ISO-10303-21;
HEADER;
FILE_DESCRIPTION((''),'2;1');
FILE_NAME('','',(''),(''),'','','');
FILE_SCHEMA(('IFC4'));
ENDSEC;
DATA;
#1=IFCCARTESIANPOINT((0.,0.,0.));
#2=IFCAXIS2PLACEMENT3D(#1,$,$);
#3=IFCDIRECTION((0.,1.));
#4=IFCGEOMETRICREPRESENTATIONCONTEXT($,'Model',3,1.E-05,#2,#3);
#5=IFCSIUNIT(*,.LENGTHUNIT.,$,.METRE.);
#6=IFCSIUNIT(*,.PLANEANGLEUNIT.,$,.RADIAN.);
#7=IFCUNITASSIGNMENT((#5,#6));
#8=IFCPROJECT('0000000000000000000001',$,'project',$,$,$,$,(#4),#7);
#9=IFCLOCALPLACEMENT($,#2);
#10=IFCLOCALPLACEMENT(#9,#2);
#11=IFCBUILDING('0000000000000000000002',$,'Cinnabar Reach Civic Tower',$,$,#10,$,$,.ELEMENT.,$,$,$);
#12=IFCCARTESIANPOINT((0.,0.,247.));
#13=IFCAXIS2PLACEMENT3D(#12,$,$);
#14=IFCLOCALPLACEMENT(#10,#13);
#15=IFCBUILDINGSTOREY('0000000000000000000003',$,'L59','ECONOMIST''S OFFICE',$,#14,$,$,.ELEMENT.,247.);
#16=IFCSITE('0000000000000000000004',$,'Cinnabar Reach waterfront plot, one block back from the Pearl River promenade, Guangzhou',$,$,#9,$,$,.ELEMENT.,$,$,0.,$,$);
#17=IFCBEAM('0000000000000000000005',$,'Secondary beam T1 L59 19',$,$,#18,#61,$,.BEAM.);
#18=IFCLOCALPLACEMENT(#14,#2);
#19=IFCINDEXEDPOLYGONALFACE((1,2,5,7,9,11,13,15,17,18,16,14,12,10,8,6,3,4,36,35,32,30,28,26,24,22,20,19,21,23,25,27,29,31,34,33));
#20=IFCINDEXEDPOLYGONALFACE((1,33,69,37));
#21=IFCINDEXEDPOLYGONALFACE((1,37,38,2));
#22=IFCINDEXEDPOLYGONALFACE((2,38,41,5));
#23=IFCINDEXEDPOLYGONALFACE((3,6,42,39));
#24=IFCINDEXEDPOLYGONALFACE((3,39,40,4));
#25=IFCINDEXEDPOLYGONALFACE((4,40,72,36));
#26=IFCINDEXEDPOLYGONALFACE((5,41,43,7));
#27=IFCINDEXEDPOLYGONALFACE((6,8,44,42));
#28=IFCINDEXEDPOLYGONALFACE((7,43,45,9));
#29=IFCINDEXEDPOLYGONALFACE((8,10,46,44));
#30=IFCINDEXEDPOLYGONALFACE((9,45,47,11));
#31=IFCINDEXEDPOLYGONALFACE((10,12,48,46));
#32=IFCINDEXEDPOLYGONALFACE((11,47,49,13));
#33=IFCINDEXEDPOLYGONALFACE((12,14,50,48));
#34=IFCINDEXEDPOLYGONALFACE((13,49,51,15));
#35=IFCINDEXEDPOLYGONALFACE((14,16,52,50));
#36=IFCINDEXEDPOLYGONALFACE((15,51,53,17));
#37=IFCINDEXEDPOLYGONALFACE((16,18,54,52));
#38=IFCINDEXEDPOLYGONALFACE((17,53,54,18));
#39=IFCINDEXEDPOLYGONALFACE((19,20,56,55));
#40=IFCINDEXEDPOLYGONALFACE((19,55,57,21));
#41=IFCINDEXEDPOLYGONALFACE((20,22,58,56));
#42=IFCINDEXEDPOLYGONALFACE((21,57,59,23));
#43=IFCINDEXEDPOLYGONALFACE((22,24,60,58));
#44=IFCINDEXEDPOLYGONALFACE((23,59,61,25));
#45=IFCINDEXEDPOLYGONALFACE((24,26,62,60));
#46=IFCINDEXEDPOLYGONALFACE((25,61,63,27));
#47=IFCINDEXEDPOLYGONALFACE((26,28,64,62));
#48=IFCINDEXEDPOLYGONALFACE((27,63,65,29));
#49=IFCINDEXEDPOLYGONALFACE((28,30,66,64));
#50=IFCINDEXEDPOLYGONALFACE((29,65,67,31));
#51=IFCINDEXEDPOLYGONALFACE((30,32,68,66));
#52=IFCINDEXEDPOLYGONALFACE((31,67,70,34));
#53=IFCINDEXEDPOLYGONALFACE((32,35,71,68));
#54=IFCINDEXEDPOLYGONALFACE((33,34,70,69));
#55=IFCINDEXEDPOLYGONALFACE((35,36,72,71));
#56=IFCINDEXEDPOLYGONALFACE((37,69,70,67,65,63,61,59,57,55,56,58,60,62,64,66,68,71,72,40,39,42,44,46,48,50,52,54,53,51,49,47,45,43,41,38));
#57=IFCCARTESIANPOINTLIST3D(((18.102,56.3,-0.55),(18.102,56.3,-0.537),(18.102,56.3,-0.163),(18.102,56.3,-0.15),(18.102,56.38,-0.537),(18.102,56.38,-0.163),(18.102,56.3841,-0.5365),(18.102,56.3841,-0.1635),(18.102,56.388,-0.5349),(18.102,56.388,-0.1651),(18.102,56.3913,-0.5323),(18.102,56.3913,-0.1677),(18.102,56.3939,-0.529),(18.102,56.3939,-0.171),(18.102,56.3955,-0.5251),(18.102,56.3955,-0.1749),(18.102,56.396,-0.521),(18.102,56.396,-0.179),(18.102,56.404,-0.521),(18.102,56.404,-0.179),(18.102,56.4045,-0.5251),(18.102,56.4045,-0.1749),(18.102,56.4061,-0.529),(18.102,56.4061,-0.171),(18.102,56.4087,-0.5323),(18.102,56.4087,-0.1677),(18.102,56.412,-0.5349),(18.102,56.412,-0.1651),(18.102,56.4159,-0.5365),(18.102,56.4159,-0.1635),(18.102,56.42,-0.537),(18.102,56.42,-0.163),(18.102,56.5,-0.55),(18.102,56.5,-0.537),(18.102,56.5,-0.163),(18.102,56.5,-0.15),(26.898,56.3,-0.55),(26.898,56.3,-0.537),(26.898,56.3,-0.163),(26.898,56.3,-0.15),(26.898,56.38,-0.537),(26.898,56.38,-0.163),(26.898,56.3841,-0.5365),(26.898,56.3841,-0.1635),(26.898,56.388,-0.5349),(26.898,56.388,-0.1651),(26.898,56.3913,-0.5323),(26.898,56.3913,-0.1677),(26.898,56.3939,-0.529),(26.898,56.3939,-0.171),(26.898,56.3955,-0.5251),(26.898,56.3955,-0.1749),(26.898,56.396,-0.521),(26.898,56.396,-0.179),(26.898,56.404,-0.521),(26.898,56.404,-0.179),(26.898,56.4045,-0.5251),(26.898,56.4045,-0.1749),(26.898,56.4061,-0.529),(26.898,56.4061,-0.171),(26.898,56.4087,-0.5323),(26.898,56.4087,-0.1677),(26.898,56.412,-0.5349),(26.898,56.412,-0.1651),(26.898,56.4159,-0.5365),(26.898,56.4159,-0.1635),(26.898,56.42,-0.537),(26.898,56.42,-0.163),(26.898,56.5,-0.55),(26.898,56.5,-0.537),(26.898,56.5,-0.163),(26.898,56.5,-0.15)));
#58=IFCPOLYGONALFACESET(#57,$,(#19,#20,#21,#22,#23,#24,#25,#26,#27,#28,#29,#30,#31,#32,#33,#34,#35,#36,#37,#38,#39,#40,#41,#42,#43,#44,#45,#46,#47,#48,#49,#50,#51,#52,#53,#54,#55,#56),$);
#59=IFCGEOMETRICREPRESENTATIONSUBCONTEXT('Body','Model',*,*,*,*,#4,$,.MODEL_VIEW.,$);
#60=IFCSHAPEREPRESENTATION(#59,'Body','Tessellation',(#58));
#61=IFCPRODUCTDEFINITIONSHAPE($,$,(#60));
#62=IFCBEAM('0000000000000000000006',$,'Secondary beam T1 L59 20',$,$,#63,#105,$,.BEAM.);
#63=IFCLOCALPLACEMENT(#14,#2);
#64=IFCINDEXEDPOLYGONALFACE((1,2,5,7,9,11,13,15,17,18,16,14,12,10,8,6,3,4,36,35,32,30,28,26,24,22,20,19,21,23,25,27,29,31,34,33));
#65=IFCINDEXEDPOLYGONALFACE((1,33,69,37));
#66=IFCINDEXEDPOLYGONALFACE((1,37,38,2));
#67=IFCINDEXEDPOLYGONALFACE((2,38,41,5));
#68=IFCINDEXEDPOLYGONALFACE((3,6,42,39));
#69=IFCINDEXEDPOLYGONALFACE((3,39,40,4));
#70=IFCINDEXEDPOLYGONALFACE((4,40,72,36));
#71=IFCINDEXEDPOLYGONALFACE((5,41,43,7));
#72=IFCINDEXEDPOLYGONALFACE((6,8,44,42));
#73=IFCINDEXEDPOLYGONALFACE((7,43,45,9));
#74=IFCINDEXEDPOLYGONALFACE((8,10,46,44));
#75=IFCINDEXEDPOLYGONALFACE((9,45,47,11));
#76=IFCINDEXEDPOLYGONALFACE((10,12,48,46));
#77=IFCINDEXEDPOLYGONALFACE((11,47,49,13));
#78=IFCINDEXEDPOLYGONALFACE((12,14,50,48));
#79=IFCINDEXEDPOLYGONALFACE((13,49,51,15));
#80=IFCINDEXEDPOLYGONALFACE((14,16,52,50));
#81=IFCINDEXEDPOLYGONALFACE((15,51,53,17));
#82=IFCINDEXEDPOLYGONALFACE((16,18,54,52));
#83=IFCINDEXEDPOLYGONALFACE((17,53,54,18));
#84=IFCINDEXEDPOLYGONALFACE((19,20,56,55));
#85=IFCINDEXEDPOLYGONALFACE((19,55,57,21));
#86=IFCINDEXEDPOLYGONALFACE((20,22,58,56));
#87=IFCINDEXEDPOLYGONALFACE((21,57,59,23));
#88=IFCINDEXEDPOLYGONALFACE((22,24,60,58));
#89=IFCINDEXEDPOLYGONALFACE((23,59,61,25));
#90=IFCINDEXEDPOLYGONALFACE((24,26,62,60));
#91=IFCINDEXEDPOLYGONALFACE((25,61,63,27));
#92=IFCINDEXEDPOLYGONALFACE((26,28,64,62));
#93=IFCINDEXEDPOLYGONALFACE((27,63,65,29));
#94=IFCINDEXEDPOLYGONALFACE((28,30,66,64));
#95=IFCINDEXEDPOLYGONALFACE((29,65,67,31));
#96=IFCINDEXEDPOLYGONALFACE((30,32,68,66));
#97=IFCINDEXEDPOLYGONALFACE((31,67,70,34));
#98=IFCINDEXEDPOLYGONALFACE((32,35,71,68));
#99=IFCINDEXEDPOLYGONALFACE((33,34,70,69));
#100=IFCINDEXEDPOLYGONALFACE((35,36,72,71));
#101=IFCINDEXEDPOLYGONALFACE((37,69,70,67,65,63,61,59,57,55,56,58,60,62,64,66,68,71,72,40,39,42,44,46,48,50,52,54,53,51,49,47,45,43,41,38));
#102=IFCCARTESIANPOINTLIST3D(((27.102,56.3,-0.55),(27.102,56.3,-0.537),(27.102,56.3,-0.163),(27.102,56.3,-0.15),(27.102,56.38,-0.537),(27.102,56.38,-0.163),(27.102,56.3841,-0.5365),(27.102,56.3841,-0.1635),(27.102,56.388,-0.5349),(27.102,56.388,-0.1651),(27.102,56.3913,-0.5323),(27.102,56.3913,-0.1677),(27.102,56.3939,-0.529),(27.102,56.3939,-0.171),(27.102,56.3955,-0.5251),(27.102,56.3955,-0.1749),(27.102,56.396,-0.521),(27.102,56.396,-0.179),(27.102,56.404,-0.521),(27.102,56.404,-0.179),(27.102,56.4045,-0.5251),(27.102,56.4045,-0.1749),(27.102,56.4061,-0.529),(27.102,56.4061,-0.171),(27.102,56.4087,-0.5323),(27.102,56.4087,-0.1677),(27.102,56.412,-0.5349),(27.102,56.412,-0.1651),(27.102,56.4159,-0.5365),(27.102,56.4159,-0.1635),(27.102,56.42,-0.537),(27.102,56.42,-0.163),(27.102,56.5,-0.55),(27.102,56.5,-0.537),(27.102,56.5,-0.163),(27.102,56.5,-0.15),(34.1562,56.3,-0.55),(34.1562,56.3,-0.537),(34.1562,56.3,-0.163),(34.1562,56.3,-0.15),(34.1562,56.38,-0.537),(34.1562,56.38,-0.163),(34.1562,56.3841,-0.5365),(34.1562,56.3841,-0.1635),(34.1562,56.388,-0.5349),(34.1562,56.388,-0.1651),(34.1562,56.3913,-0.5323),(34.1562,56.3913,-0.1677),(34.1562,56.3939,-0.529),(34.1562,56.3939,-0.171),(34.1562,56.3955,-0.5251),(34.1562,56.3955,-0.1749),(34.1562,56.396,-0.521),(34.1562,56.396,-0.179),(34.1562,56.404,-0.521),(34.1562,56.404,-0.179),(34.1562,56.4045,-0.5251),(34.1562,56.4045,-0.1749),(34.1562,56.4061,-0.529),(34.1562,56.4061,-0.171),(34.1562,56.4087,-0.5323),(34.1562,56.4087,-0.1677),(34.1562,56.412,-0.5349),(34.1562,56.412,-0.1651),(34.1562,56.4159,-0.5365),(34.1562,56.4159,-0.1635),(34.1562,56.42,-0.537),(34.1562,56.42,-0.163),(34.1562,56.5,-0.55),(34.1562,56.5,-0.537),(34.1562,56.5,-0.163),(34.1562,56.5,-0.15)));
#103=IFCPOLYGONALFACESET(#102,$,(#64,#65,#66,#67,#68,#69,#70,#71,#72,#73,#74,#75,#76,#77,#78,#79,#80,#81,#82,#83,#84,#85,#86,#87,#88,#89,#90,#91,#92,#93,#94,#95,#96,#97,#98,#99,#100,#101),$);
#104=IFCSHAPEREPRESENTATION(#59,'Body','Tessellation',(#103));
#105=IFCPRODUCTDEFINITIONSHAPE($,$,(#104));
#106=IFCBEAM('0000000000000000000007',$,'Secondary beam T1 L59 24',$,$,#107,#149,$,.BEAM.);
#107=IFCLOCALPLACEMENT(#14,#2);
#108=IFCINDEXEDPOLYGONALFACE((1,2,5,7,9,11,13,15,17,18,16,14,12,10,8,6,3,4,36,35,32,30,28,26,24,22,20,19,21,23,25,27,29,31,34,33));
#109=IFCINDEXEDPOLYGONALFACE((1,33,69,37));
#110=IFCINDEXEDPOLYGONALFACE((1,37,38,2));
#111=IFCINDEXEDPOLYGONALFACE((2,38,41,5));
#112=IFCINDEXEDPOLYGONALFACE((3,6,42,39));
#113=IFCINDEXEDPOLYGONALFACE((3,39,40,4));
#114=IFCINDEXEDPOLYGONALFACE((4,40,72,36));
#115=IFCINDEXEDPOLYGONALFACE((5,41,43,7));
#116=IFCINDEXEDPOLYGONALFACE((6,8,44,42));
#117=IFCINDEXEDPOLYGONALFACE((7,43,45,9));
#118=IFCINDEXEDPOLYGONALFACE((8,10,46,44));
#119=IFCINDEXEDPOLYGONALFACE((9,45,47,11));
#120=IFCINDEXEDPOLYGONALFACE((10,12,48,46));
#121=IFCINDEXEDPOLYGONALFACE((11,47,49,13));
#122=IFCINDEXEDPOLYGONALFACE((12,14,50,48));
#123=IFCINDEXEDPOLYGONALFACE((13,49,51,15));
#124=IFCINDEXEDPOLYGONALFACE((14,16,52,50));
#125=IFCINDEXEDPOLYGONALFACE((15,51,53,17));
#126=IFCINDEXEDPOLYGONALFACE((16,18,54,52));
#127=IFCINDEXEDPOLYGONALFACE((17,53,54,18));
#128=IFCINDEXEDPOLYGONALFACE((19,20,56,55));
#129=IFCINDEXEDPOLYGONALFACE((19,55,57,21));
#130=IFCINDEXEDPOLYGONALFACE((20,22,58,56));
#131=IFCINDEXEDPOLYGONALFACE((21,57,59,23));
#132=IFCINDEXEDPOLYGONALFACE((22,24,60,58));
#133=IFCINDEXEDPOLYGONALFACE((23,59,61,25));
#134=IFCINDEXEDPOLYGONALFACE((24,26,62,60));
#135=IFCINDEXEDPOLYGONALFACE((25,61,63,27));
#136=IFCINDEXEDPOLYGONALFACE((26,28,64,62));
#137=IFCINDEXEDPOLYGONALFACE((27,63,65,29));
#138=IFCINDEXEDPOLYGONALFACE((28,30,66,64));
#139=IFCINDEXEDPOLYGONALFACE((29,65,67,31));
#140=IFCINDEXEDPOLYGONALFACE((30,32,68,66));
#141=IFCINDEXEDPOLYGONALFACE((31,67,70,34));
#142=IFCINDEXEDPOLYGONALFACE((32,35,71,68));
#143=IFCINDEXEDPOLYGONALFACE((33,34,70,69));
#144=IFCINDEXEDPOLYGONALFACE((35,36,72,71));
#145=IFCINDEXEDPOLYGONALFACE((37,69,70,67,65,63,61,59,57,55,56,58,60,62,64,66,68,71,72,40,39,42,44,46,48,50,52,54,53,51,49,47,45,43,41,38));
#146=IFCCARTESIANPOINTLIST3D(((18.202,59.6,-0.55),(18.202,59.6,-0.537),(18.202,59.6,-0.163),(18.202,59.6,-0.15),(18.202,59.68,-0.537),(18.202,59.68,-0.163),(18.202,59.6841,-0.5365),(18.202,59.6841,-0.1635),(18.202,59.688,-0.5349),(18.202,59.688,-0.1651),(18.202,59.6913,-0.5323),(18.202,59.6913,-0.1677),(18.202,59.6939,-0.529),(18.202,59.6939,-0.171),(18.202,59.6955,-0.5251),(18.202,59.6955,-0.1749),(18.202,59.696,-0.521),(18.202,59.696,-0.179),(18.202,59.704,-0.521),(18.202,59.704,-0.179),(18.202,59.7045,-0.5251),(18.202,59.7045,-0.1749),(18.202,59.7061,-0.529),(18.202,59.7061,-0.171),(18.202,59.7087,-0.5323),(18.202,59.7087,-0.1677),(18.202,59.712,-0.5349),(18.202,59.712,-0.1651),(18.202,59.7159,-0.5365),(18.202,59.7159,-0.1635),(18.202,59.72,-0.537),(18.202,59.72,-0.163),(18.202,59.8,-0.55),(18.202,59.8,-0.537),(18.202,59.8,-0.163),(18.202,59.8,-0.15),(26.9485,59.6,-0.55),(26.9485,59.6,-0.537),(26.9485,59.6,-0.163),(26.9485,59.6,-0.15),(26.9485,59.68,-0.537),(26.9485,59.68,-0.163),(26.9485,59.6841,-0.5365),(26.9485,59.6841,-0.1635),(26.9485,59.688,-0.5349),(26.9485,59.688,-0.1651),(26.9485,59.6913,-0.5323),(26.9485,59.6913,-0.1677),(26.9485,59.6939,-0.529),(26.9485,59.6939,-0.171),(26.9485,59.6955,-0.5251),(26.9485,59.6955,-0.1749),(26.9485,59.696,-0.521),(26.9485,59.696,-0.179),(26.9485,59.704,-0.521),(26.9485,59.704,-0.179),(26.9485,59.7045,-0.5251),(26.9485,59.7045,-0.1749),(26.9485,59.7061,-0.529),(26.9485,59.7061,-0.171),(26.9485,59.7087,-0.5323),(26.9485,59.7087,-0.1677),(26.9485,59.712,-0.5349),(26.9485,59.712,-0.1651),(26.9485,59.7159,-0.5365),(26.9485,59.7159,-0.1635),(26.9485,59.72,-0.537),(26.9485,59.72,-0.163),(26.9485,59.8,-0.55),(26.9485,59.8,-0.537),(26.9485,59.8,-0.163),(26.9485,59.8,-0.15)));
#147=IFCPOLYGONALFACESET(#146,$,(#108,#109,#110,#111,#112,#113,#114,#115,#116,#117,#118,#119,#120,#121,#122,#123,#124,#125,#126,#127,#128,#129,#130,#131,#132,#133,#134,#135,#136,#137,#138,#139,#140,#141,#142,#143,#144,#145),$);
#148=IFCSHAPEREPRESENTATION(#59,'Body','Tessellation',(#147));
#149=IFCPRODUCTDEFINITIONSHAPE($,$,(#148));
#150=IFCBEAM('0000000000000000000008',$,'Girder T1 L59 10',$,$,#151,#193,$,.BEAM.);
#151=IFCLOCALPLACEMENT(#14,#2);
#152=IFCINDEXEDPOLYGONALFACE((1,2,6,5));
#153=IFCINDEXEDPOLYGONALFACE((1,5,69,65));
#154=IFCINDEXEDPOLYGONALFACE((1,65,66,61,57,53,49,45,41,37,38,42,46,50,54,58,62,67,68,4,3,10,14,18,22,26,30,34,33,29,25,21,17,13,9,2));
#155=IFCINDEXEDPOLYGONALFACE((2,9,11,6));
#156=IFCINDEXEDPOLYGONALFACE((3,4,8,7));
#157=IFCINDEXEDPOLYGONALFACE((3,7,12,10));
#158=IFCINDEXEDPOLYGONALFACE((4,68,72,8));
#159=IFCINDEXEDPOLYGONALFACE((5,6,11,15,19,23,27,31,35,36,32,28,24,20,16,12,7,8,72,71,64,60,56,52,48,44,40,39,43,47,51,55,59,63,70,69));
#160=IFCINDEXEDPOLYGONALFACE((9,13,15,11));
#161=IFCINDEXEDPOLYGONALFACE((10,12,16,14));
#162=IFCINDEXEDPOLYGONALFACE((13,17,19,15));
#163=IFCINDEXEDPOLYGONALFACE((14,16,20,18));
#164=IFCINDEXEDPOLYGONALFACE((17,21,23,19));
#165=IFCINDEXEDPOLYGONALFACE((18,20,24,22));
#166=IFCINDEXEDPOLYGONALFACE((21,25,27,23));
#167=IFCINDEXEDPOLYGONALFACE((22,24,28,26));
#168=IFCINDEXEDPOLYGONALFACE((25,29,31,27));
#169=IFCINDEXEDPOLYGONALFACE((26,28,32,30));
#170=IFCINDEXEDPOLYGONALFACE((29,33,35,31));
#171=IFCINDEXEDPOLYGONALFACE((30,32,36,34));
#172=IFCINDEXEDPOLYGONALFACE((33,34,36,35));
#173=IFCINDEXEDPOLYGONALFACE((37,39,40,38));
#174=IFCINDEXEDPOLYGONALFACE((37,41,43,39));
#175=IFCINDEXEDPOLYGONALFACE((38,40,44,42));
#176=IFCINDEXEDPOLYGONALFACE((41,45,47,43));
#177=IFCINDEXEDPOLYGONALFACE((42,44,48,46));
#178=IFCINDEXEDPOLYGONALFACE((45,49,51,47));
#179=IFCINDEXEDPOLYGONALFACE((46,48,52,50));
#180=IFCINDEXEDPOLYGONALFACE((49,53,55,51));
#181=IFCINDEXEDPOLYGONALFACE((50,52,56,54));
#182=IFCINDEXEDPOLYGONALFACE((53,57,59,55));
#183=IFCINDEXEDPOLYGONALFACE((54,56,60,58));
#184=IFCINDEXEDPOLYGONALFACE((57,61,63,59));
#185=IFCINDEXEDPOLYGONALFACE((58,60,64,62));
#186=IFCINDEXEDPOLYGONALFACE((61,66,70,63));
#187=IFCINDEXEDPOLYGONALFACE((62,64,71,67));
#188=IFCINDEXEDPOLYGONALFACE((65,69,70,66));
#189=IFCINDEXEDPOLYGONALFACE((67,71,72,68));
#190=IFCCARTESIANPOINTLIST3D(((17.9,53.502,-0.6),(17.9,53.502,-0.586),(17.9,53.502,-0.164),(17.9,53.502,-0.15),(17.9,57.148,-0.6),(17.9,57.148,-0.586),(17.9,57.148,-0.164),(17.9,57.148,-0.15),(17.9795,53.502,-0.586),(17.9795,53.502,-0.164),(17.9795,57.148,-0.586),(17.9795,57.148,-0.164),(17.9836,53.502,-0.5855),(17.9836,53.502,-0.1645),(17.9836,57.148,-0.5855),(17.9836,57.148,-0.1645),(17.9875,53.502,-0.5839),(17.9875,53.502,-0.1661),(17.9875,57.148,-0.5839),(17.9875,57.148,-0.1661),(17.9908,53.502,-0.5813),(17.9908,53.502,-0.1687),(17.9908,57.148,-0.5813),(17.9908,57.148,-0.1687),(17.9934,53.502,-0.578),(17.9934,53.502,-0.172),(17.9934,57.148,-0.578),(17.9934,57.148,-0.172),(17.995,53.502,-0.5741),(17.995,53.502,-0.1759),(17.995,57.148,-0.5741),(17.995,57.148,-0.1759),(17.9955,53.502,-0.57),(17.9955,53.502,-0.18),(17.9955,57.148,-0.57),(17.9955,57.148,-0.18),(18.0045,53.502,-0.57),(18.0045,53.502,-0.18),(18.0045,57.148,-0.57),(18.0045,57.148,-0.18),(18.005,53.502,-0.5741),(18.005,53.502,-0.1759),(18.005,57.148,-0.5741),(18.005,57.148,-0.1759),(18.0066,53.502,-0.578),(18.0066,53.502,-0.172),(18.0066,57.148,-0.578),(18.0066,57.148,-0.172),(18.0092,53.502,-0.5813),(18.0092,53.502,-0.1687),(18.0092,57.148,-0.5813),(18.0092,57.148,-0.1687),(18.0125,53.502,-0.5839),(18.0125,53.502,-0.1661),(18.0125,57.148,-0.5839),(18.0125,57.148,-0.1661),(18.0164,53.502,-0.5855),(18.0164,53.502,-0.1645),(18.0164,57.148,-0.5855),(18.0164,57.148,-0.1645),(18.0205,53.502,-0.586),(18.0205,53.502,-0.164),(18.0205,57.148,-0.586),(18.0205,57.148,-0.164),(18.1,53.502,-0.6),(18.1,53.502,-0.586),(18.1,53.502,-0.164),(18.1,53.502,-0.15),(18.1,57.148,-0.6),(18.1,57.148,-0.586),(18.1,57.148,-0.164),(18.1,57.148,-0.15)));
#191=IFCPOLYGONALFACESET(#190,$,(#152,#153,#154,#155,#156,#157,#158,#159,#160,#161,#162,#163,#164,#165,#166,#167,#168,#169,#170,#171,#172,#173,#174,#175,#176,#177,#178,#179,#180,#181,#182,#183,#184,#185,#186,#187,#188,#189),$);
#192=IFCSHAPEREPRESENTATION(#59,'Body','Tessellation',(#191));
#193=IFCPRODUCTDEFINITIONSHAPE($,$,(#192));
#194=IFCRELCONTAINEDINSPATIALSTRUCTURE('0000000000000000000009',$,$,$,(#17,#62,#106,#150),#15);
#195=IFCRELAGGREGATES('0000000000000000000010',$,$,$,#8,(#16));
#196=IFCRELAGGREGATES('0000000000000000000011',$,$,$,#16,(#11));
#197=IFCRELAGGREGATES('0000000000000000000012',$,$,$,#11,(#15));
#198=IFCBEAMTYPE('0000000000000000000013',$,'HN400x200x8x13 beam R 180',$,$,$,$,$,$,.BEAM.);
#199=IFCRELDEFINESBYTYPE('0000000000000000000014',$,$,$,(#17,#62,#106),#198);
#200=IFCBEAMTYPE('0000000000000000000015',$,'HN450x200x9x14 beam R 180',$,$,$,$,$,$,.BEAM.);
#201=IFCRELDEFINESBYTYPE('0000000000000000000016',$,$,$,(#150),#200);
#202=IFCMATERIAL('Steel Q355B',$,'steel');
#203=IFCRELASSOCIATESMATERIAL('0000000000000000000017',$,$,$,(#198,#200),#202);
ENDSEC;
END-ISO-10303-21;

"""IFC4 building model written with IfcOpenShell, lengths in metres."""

from ifc_helpers import new_model, si_unit, direction, frame, origin, origin_2d, place, context, subcontext, project, spatial, i_section, extrude, material, material_profile, profile_set, type_object, element, save


model = new_model("IFC4")

# Units and contexts
model_context = context("Model", 3, precision=1e-05, world=origin(), true_north=direction((0.0, 1.0)))
body_context = subcontext(model_context, "Body", "Model", "MODEL_VIEW")
ifc_project = project(units=[si_unit("LENGTHUNIT", "METRE"), si_unit("PLANEANGLEUNIT", "RADIAN")], contexts=[model_context])

# Site, building, storey
site_placement = place(None, origin())
site = spatial("IfcSite", under=ifc_project, at=site_placement, Name="Cinnabar Reach waterfront plot, one block back from the Pearl River promenade, Guangzhou", CompositionType="ELEMENT", RefElevation=0.0)
building_placement = place(site_placement, origin())
building = spatial("IfcBuilding", under=site, at=building_placement, Name="Cinnabar Reach Civic Tower", CompositionType="ELEMENT")
storey_placement = place(building_placement, frame((0.0, 0.0, 247.0)))
storey = spatial("IfcBuildingStorey", under=building, at=storey_placement, Name="L59", Description="ECONOMIST'S OFFICE", CompositionType="ELEMENT", Elevation=247.0)

# Beams
ifc_material_1 = material(Name="Steel Q355B", Category="steel")
ifc_material_profile_1 = material_profile(ifc_material_1, i_section(OverallWidth=0.2, OverallDepth=0.4, WebThickness=0.008, FlangeThickness=0.013, FilletRadius=0.016, at=origin_2d()), Name="HN400x200x8x13")
ifc_profile_set_1 = profile_set([ifc_material_profile_1], Name="Steel Q355B")
beam_type_1 = type_object("IfcBeamType", Name="HN400x200x8x13 beam R 180", PredefinedType="BEAM", material=ifc_profile_set_1)
beam_1_placement = place(storey_placement, frame((18.102, 56.4, -0.35), z_axis=(1.0, 0.0, 0.0), x_axis=(0.0, 1.0, 0.0)))
element("IfcBeam", 1, at=beam_1_placement, inside=storey, type_object=beam_type_1, Name="Secondary beam T1 L59 19", PredefinedType="BEAM", context=body_context, shape_type="SweptSolid", body=[
    extrude(i_section(OverallWidth=0.2, OverallDepth=0.4, WebThickness=0.008, FlangeThickness=0.013, FilletRadius=0.016, at=origin_2d()), origin(), (0.0, 0.0, 1.0), 8.796),
])
beam_2_placement = place(storey_placement, frame((27.102, 56.4, -0.35), z_axis=(1.0, 0.0, 0.0), x_axis=(0.0, 1.0, 0.0)))
element("IfcBeam", 2, at=beam_2_placement, inside=storey, type_object=beam_type_1, Name="Secondary beam T1 L59 20", PredefinedType="BEAM", context=body_context, shape_type="SweptSolid", body=[
    extrude(i_section(OverallWidth=0.2, OverallDepth=0.4, WebThickness=0.008, FlangeThickness=0.013, FilletRadius=0.016, at=origin_2d()), origin(), (0.0, 0.0, 1.0), 7.0542),
])
beam_3_placement = place(storey_placement, frame((18.202, 59.7, -0.35), z_axis=(1.0, 0.0, 0.0), x_axis=(0.0, 1.0, 0.0)))
element("IfcBeam", 3, at=beam_3_placement, inside=storey, type_object=beam_type_1, Name="Secondary beam T1 L59 24", PredefinedType="BEAM", context=body_context, shape_type="SweptSolid", body=[
    extrude(i_section(OverallWidth=0.2, OverallDepth=0.4, WebThickness=0.008, FlangeThickness=0.013, FilletRadius=0.016, at=origin_2d()), origin(), (0.0, 0.0, 1.0), 8.7465),
])
ifc_material_profile_2 = material_profile(ifc_material_1, i_section(OverallWidth=0.2, OverallDepth=0.45, WebThickness=0.009, FlangeThickness=0.014, FilletRadius=0.016, at=origin_2d()), Name="HN450x200x9x14")
ifc_profile_set_2 = profile_set([ifc_material_profile_2], Name="Steel Q355B")
beam_type_2 = type_object("IfcBeamType", Name="HN450x200x9x14 beam R 180", PredefinedType="BEAM", material=ifc_profile_set_2)
for number, where, z_axis, x_axis, name in (
    (4, (18.0, 53.502, -0.375), (0.0, 1.0, 0.0), (-1.0, 0.0, 0.0), "Girder T1 L59 10"),
):
    element("IfcBeam", number, at=place(storey_placement, frame(where, z_axis=z_axis, x_axis=x_axis)), inside=storey, type_object=beam_type_2, Name=name, PredefinedType="BEAM", context=body_context, shape_type="SweptSolid", body=[
        extrude(i_section(OverallWidth=0.2, OverallDepth=0.45, WebThickness=0.009, FlangeThickness=0.014, FilletRadius=0.016, at=origin_2d()), origin(), (0.0, 0.0, 1.0), 3.646),
    ])

save(model, "model.ifc")
